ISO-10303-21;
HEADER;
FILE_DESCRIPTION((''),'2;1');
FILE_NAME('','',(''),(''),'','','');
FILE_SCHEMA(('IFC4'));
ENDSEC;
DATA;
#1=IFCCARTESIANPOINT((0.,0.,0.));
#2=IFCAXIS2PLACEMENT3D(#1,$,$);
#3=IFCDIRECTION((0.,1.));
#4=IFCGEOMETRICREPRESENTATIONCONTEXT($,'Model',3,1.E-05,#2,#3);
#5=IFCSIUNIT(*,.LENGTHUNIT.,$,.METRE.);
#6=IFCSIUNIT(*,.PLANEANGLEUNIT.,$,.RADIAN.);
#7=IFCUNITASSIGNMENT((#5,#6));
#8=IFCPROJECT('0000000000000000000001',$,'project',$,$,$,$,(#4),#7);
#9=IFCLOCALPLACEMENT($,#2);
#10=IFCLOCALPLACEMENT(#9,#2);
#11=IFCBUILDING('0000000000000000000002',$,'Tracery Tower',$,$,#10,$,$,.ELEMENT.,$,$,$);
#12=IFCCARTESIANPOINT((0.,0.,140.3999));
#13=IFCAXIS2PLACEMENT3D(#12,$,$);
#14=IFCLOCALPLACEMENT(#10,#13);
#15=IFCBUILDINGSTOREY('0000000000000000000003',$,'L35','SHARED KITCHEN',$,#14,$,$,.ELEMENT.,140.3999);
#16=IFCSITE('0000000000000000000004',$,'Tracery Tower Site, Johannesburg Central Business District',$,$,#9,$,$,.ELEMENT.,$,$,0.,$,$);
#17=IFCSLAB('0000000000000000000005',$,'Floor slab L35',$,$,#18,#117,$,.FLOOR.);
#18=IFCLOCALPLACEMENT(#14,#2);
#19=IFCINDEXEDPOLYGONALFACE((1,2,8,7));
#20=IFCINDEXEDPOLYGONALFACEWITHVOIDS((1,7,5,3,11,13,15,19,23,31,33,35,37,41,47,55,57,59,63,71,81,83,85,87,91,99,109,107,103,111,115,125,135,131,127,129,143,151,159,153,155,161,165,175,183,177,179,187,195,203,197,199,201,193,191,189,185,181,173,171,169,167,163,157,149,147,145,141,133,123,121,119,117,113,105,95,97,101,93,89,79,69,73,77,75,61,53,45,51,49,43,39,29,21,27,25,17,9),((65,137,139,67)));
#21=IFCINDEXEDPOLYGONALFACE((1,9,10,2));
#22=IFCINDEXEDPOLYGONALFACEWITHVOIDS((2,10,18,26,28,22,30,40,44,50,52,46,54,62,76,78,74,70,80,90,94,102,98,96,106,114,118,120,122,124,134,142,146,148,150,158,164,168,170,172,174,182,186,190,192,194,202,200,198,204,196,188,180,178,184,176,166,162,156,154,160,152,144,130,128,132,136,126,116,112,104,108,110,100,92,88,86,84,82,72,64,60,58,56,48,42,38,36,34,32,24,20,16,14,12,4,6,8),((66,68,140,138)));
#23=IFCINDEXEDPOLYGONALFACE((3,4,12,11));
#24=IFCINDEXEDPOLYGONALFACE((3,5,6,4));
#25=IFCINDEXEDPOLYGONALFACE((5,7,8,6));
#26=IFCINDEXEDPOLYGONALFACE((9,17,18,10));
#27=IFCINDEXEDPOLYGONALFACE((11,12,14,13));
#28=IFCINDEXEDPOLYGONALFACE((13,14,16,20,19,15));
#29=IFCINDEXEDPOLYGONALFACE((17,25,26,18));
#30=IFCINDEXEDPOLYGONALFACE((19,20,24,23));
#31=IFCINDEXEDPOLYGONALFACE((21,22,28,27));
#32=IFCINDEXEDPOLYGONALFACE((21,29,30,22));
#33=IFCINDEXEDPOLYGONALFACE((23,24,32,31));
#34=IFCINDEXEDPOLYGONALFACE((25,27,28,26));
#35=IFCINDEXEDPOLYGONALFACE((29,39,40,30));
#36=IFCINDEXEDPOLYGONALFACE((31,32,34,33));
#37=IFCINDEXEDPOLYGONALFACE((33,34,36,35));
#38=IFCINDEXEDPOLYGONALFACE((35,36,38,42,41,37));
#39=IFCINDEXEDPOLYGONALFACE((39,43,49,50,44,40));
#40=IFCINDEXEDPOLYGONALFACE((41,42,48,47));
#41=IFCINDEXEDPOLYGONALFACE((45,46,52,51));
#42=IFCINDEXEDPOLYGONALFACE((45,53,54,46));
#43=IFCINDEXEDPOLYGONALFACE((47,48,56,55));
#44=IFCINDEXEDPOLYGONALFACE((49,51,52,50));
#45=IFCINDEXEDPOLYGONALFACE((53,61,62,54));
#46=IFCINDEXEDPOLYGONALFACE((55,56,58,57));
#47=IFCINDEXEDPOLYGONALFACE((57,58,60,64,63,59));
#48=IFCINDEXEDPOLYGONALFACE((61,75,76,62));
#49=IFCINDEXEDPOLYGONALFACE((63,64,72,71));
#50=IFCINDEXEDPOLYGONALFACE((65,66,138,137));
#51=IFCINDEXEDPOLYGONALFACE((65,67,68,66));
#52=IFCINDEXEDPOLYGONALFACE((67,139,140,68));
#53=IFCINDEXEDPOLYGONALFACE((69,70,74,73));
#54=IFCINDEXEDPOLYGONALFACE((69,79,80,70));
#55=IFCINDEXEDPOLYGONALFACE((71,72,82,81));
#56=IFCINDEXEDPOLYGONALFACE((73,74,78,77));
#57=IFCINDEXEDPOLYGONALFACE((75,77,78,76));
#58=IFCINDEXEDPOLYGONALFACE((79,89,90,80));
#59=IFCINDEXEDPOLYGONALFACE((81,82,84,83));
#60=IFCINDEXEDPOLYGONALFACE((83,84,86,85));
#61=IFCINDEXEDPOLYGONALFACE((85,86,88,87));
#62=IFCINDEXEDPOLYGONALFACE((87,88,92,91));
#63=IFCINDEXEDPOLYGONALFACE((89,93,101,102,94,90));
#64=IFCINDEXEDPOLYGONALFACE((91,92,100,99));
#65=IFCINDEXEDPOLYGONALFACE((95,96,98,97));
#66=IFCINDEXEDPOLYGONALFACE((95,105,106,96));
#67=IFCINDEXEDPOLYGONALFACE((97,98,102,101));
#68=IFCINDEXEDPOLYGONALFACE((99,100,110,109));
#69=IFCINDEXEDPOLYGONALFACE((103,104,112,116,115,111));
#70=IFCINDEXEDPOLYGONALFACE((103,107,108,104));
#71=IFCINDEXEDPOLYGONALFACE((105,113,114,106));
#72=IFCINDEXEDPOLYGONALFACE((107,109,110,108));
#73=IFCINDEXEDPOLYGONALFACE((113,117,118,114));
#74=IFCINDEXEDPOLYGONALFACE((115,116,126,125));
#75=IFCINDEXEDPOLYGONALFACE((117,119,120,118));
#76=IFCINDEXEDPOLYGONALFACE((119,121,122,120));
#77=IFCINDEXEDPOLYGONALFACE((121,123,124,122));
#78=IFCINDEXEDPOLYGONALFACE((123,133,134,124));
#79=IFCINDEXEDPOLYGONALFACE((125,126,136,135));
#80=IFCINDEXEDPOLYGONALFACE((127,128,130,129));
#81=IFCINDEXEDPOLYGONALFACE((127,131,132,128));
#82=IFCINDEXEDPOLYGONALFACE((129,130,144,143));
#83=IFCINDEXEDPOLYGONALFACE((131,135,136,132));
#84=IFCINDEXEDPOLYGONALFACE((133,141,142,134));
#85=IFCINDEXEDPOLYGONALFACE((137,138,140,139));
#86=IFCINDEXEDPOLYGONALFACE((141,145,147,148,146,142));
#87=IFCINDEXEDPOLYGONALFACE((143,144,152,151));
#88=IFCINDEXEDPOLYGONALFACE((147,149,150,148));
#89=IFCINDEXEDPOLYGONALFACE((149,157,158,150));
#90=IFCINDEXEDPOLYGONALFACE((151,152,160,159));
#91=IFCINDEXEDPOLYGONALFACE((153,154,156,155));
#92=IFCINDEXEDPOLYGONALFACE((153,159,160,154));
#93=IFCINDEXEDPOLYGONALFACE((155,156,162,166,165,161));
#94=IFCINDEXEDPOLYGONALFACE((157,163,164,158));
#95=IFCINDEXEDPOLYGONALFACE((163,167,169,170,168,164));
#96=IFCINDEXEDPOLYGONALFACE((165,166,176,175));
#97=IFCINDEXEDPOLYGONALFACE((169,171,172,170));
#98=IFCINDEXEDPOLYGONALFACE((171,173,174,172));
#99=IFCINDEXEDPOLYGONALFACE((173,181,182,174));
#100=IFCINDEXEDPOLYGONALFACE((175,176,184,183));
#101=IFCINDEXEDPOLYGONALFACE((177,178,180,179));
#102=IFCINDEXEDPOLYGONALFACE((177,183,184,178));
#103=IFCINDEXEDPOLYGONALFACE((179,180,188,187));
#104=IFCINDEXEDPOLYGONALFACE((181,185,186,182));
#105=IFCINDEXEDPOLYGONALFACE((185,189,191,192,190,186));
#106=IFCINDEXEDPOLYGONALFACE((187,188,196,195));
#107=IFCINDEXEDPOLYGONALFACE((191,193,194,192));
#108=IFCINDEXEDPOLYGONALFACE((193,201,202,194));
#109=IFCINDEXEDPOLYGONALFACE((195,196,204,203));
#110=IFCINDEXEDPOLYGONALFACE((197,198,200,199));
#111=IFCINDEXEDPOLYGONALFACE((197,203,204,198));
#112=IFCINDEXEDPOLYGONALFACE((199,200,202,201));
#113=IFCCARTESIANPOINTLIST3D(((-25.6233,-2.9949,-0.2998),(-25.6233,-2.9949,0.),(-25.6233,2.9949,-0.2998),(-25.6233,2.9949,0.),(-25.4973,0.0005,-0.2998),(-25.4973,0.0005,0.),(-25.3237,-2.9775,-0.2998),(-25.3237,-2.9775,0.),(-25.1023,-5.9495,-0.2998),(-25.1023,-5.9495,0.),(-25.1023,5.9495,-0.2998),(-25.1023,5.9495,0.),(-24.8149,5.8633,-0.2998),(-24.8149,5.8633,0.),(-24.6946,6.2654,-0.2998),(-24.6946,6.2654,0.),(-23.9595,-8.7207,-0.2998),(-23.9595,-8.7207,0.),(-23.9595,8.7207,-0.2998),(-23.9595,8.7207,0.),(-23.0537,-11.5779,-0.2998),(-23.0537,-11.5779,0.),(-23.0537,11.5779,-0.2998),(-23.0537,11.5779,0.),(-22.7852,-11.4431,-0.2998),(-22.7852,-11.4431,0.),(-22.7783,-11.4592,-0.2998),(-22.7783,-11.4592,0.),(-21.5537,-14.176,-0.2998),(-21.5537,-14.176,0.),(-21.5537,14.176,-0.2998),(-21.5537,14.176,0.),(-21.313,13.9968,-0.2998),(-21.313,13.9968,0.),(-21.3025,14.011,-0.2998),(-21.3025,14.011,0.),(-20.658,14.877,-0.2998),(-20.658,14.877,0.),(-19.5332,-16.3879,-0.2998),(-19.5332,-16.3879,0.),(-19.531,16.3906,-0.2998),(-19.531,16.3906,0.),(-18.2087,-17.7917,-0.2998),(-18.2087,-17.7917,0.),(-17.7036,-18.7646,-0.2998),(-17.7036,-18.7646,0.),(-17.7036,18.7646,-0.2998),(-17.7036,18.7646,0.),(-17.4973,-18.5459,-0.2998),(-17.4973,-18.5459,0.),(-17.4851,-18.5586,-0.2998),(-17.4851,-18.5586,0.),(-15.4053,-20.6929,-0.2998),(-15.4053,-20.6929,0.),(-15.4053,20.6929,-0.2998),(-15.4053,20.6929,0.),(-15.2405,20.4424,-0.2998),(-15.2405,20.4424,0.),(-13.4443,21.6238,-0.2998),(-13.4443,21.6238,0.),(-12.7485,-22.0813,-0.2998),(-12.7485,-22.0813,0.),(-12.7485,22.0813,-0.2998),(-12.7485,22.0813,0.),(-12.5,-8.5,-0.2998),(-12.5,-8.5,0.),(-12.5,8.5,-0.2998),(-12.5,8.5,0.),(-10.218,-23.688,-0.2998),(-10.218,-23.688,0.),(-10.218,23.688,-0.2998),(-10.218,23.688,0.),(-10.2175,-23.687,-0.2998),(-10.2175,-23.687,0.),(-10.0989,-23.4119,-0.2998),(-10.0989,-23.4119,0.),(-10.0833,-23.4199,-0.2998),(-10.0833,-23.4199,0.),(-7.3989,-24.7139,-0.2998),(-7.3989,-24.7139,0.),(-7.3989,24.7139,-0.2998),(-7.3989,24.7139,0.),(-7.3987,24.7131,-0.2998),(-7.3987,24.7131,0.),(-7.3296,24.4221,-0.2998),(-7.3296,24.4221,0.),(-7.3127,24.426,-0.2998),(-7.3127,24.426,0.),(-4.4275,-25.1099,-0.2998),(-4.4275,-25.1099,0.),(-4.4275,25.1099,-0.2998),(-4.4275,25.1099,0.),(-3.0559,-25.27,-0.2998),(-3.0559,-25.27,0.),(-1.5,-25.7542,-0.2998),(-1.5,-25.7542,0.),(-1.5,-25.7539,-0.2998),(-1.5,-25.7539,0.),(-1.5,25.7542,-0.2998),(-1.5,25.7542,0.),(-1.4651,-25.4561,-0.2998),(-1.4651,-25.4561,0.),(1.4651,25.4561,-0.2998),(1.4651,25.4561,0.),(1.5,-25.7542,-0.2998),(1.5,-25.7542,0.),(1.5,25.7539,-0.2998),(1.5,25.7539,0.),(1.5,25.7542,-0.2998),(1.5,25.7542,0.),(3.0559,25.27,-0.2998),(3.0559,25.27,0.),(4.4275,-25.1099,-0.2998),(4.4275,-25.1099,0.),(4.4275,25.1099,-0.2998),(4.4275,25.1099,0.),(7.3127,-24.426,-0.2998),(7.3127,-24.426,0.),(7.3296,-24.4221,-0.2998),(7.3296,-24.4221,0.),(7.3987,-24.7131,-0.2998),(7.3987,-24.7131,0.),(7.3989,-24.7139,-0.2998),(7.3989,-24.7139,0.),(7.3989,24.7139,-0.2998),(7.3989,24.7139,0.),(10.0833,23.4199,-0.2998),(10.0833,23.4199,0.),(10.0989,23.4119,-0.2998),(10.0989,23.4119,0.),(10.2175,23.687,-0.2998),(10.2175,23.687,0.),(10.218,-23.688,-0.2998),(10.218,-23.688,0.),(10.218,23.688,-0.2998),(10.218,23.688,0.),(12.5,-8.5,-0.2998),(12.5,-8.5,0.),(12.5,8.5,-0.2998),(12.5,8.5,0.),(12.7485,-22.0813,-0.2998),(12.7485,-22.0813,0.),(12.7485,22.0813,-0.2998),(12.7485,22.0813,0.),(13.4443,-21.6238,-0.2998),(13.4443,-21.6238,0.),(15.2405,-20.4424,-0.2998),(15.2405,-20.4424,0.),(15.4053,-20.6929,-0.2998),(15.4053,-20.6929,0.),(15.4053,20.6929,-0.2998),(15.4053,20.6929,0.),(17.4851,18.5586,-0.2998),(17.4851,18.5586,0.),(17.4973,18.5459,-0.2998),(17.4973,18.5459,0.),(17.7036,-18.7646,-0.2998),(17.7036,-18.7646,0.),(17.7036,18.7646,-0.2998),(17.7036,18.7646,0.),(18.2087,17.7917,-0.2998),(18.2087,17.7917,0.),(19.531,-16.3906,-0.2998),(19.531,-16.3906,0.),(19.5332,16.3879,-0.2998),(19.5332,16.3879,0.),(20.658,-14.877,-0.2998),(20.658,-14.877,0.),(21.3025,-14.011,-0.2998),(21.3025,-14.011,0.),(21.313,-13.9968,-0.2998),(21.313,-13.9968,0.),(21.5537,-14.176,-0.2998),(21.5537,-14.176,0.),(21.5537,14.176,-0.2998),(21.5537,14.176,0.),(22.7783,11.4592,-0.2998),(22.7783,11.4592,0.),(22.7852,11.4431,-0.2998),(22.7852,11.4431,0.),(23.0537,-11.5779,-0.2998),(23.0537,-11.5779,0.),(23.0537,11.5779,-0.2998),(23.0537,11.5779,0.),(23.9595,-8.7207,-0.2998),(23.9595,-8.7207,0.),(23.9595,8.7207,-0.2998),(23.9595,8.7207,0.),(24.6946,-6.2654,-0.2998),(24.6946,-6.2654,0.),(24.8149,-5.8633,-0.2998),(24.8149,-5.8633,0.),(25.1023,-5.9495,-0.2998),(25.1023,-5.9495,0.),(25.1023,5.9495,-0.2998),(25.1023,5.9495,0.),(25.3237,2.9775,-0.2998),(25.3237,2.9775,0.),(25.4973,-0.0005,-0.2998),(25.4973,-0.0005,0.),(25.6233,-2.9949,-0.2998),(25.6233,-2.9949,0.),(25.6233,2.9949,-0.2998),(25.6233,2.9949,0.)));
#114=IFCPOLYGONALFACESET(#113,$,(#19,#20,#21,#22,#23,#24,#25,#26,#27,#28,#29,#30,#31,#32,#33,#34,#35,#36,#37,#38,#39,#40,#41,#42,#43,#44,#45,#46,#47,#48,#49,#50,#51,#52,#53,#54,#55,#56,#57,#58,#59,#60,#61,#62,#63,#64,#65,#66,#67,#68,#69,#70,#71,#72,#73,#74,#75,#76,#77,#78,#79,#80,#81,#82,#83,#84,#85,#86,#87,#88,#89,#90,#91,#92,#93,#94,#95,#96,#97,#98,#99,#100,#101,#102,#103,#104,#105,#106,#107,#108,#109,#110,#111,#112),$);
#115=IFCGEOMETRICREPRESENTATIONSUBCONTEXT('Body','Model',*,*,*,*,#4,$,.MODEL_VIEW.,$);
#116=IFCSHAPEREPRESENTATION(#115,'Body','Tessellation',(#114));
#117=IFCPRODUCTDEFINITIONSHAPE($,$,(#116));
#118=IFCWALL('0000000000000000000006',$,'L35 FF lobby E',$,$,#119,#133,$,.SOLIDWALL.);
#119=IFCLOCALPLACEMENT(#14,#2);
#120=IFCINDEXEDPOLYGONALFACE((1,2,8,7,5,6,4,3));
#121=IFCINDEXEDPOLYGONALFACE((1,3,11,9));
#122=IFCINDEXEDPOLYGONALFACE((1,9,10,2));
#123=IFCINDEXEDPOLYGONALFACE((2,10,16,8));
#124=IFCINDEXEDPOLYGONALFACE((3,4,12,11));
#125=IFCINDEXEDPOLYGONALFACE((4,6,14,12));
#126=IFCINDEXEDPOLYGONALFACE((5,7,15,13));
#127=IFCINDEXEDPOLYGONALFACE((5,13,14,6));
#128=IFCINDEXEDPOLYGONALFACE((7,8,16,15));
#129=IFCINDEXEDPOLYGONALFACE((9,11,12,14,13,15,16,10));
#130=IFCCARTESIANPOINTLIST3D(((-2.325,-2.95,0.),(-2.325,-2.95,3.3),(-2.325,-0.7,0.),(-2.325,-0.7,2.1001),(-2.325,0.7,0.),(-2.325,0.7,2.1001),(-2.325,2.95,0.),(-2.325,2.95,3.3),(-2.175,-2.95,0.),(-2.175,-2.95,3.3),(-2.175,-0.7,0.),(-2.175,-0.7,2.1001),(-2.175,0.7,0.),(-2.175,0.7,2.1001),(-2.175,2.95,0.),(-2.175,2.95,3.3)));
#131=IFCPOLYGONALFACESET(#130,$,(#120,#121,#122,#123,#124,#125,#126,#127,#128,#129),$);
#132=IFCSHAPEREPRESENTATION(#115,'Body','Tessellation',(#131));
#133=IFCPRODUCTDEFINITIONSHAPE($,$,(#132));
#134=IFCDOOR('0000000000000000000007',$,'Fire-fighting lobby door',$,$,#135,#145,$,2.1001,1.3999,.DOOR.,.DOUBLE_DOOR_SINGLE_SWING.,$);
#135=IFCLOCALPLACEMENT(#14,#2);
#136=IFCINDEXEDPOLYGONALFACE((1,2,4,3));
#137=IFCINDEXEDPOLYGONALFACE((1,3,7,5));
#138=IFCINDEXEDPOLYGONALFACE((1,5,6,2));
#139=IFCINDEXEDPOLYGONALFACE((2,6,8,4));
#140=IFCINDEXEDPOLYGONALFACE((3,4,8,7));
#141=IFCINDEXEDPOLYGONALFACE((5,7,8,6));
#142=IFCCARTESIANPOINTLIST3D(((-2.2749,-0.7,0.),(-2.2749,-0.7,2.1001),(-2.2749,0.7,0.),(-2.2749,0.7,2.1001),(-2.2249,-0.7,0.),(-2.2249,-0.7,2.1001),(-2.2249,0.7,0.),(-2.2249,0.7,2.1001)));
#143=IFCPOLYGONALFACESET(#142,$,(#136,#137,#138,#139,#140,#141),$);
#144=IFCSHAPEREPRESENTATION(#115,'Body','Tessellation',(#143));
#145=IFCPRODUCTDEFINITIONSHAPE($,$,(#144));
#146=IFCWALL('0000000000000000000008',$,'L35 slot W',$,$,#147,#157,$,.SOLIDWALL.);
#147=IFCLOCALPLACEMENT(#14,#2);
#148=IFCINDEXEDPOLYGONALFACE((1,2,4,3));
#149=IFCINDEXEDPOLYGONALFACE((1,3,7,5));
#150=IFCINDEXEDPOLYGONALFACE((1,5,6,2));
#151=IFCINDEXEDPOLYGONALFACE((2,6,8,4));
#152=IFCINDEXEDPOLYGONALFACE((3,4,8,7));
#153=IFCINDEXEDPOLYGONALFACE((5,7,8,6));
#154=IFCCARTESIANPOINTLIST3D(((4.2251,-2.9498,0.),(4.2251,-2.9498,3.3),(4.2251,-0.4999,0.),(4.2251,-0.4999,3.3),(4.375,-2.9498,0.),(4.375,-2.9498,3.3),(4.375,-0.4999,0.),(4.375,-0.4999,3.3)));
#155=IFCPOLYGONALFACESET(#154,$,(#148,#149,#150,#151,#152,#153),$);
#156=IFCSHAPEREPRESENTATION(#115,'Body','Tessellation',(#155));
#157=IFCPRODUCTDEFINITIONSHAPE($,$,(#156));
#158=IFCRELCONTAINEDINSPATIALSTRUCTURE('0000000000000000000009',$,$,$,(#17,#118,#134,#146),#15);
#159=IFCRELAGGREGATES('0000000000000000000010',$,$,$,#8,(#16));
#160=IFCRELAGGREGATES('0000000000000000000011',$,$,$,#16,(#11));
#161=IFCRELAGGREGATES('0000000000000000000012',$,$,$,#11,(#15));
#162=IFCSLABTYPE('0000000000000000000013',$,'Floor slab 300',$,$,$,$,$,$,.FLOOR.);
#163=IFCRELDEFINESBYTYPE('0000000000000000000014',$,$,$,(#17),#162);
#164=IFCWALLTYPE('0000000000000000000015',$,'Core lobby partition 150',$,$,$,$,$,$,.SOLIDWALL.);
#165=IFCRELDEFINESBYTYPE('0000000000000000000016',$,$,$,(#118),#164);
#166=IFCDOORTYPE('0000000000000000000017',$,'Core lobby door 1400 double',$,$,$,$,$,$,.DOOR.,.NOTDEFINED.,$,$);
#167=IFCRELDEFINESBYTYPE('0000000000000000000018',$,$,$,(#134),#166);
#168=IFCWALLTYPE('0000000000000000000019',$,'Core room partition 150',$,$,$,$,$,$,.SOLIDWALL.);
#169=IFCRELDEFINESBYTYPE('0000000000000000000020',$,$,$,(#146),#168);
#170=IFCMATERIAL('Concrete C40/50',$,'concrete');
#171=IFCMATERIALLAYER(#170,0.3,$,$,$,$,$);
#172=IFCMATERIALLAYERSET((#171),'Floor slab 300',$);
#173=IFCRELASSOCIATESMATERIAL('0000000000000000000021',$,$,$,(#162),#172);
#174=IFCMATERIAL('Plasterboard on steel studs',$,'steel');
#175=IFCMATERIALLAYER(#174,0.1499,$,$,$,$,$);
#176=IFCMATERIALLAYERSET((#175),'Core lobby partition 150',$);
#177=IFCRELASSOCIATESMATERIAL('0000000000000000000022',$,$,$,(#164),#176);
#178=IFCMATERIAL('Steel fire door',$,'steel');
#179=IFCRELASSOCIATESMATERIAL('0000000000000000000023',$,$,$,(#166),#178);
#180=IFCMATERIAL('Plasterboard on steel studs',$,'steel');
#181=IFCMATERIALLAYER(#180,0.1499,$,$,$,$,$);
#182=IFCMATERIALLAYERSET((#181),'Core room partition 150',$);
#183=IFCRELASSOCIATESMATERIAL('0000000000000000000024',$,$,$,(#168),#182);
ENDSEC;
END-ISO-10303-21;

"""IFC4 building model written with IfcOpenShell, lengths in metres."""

from ifc_helpers import new_model, si_unit, direction, frame, frame_2d, origin, place, context, subcontext, project, spatial, polyline, rectangle, outline, extrude, material, layer, layer_set, type_object, element, fill, save


model = new_model("IFC4")

# Units and contexts
model_context = context("Model", 3, precision=1e-05, world=origin(), true_north=direction((0.0, 1.0)))
body_context = subcontext(model_context, "Body", "Model", "MODEL_VIEW")
ifc_project = project(units=[si_unit("LENGTHUNIT", "METRE"), si_unit("PLANEANGLEUNIT", "RADIAN")], contexts=[model_context])

# Site, building, storey
site_placement = place(None, origin())
site = spatial("IfcSite", under=ifc_project, at=site_placement, Name="Tracery Tower Site, Johannesburg Central Business District", CompositionType="ELEMENT", RefElevation=0.0)
building_placement = place(site_placement, origin())
building = spatial("IfcBuilding", under=site, at=building_placement, Name="Tracery Tower", CompositionType="ELEMENT")
storey_placement = place(building_placement, frame((0.0, 0.0, 140.3999)))
storey = spatial("IfcBuildingStorey", under=building, at=storey_placement, Name="L35", Description="SHARED KITCHEN", CompositionType="ELEMENT", Elevation=140.3999)

# Slab
ifc_material_1 = material(Name="Concrete C40/50", Category="concrete")
ifc_layer_1 = layer(ifc_material_1, 0.3)
ifc_layer_set_1 = layer_set([ifc_layer_1], Name="Floor slab 300")
slab_type = type_object("IfcSlabType", Name="Floor slab 300", PredefinedType="FLOOR", material=ifc_layer_set_1)
slab_placement = place(storey_placement, frame((0.0, 0.0, -0.2998)))
element("IfcSlab", 1, at=slab_placement, inside=storey, type_object=slab_type, Name="Floor slab L35", PredefinedType="FLOOR", context=body_context, shape_type="SweptSolid", body=[
    extrude(outline(polyline([(22.7852, 11.4431), (22.7783, 11.4592), (23.0537, 11.5779), (21.5537, 14.176), (19.5332, 16.3879), (18.2087, 17.7917), (17.4973, 18.5459), (17.4973, 18.5459), (17.4851, 18.5586), (17.7036, 18.7646), (15.4053, 20.6929), (12.7485, 22.0813), (10.0989, 23.4119), (10.0989, 23.4119), (10.0833, 23.4199), (10.2175, 23.687), (10.218, 23.688), (7.3989, 24.7139), (4.4275, 25.1099), (3.0559, 25.27), (1.4651, 25.4561), (1.5, 25.7539), (1.5, 25.7542), (-1.5, 25.7542), (-4.4275, 25.1099), (-7.3127, 24.426), (-7.3127, 24.426), (-7.3296, 24.4221), (-7.3987, 24.7131), (-7.3989, 24.7139), (-10.218, 23.688), (-12.7485, 22.0813), (-13.4443, 21.6238), (-15.2405, 20.4424), (-15.4053, 20.6929), (-15.4053, 20.6929), (-17.7036, 18.7646), (-19.531, 16.3906), (-20.658, 14.877), (-21.3025, 14.011), (-21.3025, 14.011), (-21.313, 13.9968), (-21.5537, 14.176), (-23.0537, 11.5779), (-23.9595, 8.7207), (-24.6946, 6.2654), (-24.8149, 5.8633), (-25.1023, 5.9495), (-25.6233, 2.9949), (-25.4973, 0.0005), (-25.3237, -2.9775), (-25.6233, -2.9949), (-25.1023, -5.9495), (-23.9595, -8.7207), (-22.7852, -11.4431), (-22.7852, -11.4431), (-22.7783, -11.4592), (-23.0537, -11.5779), (-21.5537, -14.176), (-19.5332, -16.3879), (-18.2087, -17.7917), (-17.4973, -18.5459), (-17.4973, -18.5459), (-17.4851, -18.5586), (-17.7036, -18.7646), (-15.4053, -20.6929), (-12.7485, -22.0813), (-10.0989, -23.4119), (-10.0989, -23.4119), (-10.0833, -23.4199), (-10.2175, -23.687), (-10.218, -23.688), (-7.3989, -24.7139), (-4.4275, -25.1099), (-3.0559, -25.27), (-1.4651, -25.4561), (-1.5, -25.7539), (-1.5, -25.7542), (1.5, -25.7542), (4.4275, -25.1099), (7.3127, -24.426), (7.3127, -24.426), (7.3296, -24.4221), (7.3987, -24.7131), (7.3989, -24.7139), (10.218, -23.688), (12.7485, -22.0813), (13.4443, -21.6238), (15.2405, -20.4424), (15.4053, -20.6929), (15.4053, -20.6929), (17.7036, -18.7646), (19.531, -16.3906), (20.658, -14.877), (21.3025, -14.011), (21.3025, -14.011), (21.313, -13.9968), (21.5537, -14.176), (23.0537, -11.5779), (23.9595, -8.7207), (24.6946, -6.2654), (24.8149, -5.8633), (25.1023, -5.9495), (25.6233, -2.9949), (25.4973, -0.0005), (25.3237, 2.9775), (25.6233, 2.9949), (25.1023, 5.9495), (23.9595, 8.7207), (22.7852, 11.4431), (22.7852, 11.4431)]), holes=[polyline([(-12.5, -8.5), (12.5, -8.5), (12.5, 8.5), (-12.5, 8.5), (-12.5, -8.5)])]), origin(), (0.0, 0.0, 1.0), 0.2998),
])

# Wall, opening, door
ifc_material_2 = material(Name="Plasterboard on steel studs", Category="steel")
ifc_layer_2 = layer(ifc_material_2, 0.1499)
ifc_layer_set_2 = layer_set([ifc_layer_2], Name="Core lobby partition 150")
wall_type_1 = type_object("IfcWallType", Name="Core lobby partition 150", PredefinedType="SOLIDWALL", material=ifc_layer_set_2)
wall_1_placement = place(storey_placement, frame((-2.25, -2.95, 0.0), z_axis=(0.0, 0.0, 1.0), x_axis=(0.0, 1.0, 0.0)))
wall_1 = element("IfcWall", 2, at=wall_1_placement, inside=storey, type_object=wall_type_1, Name="L35 FF lobby E", PredefinedType="SOLIDWALL", context=body_context, shape_type="SweptSolid", body=[
    extrude(rectangle(XDim=5.8999, YDim=0.1499, at=frame_2d((2.95, 0.0))), origin(), (0.0, 0.0, 1.0), 3.3),
])
opening_1_placement = place(wall_1_placement, frame((2.25, 0.0, 0.0)))
opening_1 = element("IfcOpeningElement", 3, at=opening_1_placement, cuts=wall_1, PredefinedType="OPENING", context=body_context, shape_type="SweptSolid", body=[
    extrude(rectangle(XDim=1.3999, YDim=2.1001, at=frame_2d((0.7, 1.05))), frame((0.0, 0.075, 0.0), z_axis=(0.0, -1.0, 0.0), x_axis=(1.0, 0.0, 0.0)), (0.0, 0.0, 1.0), 0.1499),
])
ifc_material_3 = material(Name="Steel fire door", Category="steel")
door_type_1 = type_object("IfcDoorType", Name="Core lobby door 1400 double", OperationType="NOTDEFINED", PredefinedType="DOOR", material=ifc_material_3)
door_1_placement = place(opening_1_placement, origin())
door_1 = element("IfcDoor", 4, at=door_1_placement, inside=storey, type_object=door_type_1, Name="Fire-fighting lobby door", OperationType="DOUBLE_DOOR_SINGLE_SWING", OverallHeight=2.1001, OverallWidth=1.3999, PredefinedType="DOOR", context=body_context, shape_type="SweptSolid", body=[
    extrude(rectangle(XDim=1.3999, YDim=2.1001, at=frame_2d((0.7, 1.05))), frame((0.0, 0.0249, 0.0), z_axis=(0.0, -1.0, 0.0), x_axis=(1.0, 0.0, 0.0)), (0.0, 0.0, 1.0), 0.05),
])
fill(opening_1, door_1)

# Wall
ifc_material_4 = material(Name="Plasterboard on steel studs", Category="steel")
ifc_layer_3 = layer(ifc_material_4, 0.1499)
ifc_layer_set_3 = layer_set([ifc_layer_3], Name="Core room partition 150")
wall_type_2 = type_object("IfcWallType", Name="Core room partition 150", PredefinedType="SOLIDWALL", material=ifc_layer_set_3)
wall_2_placement = place(storey_placement, frame((4.3, -2.95, 0.0), z_axis=(0.0, 0.0, 1.0), x_axis=(0.0, 1.0, 0.0)))
element("IfcWall", 5, at=wall_2_placement, inside=storey, type_object=wall_type_2, Name="L35 slot W", PredefinedType="SOLIDWALL", context=body_context, shape_type="SweptSolid", body=[
    extrude(rectangle(XDim=2.45, YDim=0.1499, at=frame_2d((1.2251, 0.0))), origin(), (0.0, 0.0, 1.0), 3.3),
])

save(model, "model.ifc")
